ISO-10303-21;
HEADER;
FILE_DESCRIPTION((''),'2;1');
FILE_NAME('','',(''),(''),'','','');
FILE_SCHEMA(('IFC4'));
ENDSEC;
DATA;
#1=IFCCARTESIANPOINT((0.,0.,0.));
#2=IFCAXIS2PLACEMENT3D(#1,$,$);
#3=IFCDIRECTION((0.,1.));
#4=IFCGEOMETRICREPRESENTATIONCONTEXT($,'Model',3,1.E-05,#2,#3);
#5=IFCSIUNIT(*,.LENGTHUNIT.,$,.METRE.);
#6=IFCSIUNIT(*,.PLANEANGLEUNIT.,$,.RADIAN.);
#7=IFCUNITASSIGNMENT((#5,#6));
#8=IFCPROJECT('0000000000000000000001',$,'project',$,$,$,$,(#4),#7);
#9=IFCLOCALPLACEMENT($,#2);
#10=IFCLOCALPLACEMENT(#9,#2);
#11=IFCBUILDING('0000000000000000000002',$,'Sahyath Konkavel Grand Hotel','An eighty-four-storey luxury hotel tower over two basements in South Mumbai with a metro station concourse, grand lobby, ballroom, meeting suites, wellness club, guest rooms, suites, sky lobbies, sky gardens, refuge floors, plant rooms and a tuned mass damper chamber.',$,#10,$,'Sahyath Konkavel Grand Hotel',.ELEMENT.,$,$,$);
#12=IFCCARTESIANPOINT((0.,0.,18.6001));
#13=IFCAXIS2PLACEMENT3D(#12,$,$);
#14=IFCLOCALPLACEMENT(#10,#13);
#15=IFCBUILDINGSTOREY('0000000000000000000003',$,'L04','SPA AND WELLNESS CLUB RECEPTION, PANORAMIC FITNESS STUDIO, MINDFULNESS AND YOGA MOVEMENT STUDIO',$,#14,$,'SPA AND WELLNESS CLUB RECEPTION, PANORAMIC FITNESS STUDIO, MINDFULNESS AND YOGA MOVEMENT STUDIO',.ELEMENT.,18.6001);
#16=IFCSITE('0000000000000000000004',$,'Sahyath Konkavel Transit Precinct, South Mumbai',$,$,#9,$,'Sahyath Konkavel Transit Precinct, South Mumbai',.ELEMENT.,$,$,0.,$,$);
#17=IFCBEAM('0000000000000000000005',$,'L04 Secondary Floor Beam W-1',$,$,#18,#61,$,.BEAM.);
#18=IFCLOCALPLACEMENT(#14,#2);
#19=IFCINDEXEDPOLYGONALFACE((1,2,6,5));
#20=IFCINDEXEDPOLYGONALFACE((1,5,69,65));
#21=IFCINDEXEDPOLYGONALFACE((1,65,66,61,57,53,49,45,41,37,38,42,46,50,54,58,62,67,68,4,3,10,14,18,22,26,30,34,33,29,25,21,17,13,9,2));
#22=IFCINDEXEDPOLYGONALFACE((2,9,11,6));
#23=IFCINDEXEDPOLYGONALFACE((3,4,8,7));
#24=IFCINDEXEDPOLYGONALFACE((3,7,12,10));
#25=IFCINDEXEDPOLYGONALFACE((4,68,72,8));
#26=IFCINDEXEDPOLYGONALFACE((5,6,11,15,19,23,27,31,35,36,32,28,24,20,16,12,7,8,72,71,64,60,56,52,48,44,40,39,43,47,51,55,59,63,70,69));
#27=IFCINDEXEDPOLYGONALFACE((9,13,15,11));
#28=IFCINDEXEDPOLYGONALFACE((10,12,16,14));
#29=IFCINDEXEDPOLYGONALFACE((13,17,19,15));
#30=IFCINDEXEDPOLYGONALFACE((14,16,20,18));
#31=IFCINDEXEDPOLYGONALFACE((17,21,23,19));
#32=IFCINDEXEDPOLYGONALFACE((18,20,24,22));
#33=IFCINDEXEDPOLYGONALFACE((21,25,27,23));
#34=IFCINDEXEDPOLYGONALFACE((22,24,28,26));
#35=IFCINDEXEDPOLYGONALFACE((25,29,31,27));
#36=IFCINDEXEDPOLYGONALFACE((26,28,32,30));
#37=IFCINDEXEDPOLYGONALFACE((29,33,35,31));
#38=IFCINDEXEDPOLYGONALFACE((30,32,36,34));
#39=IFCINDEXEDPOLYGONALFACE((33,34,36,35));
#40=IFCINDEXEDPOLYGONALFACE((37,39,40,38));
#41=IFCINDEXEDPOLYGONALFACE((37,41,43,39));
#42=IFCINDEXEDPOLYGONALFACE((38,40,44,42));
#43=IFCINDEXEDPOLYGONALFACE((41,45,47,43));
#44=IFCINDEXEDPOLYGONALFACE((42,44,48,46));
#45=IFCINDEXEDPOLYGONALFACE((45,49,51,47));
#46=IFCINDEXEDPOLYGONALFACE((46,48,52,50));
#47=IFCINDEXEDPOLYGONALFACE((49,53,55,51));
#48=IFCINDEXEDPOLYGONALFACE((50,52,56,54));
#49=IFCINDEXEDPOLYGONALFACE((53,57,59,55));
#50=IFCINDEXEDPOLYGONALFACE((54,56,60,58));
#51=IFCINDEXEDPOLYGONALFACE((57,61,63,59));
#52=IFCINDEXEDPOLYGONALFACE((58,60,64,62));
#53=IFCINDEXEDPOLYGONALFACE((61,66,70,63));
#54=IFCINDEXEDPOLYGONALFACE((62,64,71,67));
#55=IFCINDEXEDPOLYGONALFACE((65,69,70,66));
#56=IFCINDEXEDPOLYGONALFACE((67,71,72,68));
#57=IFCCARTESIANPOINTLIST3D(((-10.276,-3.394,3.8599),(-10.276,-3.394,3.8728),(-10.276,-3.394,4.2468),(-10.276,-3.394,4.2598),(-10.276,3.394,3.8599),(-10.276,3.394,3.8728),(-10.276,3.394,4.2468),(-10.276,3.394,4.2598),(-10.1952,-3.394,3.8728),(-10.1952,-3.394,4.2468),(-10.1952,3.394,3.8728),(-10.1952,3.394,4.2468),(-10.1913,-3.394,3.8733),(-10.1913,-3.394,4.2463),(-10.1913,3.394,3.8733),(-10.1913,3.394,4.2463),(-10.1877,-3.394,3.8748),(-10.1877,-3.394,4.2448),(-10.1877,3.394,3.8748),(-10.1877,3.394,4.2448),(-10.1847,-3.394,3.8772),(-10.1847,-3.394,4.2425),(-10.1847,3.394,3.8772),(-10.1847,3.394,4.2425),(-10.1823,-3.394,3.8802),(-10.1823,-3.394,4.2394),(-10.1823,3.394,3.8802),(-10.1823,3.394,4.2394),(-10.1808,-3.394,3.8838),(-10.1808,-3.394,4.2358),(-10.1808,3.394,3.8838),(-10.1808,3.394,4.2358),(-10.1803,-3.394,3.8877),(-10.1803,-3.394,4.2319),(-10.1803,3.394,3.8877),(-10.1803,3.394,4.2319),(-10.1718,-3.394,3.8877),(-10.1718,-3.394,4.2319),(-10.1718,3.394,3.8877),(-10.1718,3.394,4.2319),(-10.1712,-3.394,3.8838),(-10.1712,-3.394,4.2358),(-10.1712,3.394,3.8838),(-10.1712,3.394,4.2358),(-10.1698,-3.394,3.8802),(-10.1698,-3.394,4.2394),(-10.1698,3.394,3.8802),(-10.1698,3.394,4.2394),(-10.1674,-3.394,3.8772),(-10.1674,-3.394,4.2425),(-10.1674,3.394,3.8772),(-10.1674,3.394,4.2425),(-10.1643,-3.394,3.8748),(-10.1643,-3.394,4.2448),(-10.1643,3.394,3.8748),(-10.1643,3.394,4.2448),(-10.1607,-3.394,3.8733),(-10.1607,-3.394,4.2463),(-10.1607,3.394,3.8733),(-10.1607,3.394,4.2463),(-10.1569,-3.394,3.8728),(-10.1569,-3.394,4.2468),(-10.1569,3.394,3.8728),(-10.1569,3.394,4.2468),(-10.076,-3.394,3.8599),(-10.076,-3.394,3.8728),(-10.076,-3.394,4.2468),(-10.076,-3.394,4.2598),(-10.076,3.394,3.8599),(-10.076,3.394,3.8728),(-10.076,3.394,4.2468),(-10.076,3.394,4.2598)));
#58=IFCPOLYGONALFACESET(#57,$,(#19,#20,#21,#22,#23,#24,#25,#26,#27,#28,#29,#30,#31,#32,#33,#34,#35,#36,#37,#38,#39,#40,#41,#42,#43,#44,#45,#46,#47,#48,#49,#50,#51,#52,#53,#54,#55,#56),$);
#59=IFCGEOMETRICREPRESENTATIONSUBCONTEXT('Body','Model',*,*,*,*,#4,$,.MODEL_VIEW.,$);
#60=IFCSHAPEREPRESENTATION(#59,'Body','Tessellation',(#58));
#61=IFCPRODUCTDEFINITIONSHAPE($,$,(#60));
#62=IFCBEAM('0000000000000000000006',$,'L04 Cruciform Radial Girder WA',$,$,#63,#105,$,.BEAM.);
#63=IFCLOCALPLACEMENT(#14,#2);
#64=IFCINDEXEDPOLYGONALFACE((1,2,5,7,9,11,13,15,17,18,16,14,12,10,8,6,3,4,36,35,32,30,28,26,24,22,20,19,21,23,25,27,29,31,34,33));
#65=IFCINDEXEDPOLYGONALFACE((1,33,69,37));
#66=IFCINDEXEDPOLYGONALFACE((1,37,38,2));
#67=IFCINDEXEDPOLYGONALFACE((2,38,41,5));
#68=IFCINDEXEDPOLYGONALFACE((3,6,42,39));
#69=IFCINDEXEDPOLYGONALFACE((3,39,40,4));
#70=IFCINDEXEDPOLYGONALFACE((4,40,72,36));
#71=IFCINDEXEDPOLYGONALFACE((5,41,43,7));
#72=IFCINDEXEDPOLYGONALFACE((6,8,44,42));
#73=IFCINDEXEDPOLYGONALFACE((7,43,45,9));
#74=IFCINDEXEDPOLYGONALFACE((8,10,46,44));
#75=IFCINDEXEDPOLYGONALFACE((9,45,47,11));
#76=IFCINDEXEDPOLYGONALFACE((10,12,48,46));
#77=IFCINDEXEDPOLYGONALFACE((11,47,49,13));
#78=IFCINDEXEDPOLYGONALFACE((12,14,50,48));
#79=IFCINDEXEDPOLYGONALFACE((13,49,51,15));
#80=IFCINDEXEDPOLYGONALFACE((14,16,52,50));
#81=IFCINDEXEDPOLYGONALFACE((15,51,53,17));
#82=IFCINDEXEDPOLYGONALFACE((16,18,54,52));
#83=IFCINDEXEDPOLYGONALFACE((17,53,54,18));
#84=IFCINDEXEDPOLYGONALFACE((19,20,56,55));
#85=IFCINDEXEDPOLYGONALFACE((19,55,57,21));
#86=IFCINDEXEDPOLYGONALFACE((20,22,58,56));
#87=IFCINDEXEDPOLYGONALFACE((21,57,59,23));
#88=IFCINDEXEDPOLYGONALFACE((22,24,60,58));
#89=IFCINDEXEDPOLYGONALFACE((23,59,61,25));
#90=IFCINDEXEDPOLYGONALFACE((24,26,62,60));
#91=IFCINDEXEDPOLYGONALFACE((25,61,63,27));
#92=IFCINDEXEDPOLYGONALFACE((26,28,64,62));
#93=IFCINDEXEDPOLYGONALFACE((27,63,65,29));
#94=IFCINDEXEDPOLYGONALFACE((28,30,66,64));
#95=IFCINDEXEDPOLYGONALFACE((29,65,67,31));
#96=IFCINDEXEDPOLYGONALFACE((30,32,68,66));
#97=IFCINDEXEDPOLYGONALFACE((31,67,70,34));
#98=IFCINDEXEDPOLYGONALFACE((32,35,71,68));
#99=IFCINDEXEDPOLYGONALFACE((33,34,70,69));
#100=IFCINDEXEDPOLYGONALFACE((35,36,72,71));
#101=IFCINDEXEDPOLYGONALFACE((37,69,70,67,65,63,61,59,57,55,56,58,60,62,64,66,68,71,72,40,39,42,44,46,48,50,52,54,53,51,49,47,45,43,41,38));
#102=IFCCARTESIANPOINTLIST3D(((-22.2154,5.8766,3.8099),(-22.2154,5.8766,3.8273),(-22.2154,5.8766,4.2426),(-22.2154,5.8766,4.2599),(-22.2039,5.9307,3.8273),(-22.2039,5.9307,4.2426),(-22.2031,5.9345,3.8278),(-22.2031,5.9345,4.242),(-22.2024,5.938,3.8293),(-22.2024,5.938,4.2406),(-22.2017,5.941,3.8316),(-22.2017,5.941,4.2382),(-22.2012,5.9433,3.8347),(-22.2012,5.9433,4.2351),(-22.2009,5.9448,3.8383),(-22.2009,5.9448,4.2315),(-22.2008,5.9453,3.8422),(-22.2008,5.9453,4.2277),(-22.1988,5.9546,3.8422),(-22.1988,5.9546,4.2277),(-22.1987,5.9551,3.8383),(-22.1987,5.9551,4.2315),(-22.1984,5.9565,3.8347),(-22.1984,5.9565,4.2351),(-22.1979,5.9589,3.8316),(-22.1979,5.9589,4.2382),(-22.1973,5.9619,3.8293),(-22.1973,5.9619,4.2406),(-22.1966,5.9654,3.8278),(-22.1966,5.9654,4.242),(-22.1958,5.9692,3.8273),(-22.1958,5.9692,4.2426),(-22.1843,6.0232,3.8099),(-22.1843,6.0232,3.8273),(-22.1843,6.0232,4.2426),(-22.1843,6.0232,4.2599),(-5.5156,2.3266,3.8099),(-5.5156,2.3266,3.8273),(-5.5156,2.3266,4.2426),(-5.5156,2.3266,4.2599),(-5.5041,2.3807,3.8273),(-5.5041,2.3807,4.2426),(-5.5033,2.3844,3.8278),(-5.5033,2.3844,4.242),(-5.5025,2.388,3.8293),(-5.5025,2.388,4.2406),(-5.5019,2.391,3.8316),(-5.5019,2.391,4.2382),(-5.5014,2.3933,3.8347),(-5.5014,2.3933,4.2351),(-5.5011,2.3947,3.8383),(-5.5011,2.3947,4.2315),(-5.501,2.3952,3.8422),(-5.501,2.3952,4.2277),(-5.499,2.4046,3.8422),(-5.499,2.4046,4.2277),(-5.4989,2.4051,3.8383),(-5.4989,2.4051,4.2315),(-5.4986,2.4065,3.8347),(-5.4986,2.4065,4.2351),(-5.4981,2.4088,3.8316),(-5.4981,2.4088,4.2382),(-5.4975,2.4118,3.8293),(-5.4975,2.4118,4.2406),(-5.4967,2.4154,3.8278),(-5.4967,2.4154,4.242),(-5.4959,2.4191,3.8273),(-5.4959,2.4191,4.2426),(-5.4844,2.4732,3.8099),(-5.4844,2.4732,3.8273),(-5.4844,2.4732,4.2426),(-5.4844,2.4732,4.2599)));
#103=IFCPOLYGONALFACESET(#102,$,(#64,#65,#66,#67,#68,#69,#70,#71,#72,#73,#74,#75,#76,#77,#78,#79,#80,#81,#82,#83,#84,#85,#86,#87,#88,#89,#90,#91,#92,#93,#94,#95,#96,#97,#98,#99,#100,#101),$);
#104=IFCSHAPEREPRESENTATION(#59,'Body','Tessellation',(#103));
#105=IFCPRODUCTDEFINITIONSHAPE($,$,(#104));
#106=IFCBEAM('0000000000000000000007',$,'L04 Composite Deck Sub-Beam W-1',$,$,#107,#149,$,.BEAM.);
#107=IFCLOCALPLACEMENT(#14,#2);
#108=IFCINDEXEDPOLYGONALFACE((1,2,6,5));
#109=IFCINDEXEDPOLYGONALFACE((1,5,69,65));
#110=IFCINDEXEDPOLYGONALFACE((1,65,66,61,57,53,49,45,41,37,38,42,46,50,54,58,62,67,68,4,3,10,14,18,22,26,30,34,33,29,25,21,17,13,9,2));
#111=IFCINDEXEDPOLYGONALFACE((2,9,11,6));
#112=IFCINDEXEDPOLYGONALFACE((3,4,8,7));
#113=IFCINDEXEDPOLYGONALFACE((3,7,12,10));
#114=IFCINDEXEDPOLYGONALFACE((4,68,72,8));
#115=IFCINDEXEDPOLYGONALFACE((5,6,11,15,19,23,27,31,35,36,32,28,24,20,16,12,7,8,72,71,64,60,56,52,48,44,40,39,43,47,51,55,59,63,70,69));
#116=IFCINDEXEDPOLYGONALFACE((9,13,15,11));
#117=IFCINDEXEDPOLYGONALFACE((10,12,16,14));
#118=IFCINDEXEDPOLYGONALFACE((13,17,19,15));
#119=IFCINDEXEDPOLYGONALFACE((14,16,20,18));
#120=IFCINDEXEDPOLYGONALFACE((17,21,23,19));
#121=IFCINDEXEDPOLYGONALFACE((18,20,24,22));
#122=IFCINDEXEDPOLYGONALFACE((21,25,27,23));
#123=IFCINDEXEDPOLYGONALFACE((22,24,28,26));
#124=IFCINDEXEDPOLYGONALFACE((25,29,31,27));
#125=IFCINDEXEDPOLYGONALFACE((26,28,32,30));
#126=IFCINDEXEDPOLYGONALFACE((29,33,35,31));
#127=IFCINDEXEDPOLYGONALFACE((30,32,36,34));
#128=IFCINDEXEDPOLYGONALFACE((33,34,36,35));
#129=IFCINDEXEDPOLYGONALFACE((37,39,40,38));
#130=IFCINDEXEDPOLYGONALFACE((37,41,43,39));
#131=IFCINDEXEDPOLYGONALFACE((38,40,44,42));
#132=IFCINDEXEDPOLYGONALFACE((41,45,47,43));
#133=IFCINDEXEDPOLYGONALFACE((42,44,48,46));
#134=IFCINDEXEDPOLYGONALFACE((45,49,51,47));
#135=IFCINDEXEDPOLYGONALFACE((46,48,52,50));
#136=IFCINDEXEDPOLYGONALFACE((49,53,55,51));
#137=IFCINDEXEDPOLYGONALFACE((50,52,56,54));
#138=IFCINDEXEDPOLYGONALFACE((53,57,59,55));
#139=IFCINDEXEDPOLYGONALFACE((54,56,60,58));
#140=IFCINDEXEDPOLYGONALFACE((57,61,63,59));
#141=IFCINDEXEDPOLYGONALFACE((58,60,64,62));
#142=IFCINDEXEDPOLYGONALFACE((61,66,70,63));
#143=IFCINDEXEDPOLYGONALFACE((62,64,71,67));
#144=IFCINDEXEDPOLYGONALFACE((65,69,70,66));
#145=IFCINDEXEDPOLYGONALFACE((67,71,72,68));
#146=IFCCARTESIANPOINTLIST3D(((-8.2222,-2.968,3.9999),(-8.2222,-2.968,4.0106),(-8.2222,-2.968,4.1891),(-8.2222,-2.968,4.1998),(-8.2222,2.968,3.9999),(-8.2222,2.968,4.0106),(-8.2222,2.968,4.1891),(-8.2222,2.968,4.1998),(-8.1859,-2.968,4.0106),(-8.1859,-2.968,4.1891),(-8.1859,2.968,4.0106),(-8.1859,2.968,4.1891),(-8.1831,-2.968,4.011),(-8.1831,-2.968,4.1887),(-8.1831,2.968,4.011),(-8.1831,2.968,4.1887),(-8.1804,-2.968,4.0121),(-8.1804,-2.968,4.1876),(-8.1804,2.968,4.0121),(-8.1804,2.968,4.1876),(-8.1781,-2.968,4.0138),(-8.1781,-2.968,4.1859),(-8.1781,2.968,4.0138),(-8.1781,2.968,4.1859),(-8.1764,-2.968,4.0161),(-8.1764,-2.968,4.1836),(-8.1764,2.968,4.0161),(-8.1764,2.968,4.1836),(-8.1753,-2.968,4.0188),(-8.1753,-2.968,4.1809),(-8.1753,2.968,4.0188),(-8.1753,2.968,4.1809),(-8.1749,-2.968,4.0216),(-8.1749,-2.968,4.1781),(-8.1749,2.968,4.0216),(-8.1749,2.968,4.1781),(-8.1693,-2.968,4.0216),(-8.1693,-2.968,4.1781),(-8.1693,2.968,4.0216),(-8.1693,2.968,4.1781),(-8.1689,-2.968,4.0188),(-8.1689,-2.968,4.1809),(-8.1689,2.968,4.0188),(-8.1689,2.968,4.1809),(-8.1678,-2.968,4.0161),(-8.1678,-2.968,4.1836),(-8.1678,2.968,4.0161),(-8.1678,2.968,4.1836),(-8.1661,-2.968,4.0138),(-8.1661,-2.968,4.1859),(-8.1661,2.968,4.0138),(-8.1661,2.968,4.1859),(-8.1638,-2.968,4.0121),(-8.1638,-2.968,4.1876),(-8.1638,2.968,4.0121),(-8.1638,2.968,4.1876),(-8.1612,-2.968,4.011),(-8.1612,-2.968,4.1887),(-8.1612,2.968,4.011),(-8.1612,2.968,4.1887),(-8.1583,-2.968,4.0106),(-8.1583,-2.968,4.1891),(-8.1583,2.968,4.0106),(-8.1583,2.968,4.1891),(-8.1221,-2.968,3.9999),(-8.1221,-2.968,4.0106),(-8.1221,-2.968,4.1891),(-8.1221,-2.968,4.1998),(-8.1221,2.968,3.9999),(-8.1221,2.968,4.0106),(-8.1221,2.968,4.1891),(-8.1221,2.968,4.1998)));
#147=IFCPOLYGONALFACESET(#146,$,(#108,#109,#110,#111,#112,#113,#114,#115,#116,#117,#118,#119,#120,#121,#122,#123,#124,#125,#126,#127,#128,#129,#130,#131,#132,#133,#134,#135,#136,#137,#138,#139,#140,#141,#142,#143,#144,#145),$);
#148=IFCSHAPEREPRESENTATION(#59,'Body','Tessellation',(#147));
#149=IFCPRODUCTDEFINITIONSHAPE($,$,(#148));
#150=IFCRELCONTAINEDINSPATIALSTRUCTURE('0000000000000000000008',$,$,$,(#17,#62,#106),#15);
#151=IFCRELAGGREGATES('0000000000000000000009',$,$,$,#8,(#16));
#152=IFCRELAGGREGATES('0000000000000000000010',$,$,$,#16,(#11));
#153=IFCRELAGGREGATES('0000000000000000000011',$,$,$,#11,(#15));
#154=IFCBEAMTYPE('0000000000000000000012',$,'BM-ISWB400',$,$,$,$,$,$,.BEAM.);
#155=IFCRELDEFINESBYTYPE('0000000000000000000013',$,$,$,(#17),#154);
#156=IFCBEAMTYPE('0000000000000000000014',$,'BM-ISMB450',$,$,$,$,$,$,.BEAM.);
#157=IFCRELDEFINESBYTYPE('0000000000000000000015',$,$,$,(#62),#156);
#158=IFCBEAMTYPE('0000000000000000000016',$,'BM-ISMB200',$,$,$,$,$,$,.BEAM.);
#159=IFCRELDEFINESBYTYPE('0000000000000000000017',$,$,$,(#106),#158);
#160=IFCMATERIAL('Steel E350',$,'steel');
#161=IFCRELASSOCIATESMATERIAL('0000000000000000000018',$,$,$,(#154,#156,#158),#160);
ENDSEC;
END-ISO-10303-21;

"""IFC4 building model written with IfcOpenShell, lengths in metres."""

from ifc_helpers import new_model, si_unit, direction, frame, origin, origin_2d, place, context, subcontext, project, spatial, i_section, extrude, source, transform, mapped, material, material_profile, profile_set, type_object, element, save


model = new_model("IFC4")

# Units and contexts
model_context = context("Model", 3, precision=1e-05, world=origin(), true_north=direction((0.0, 1.0)))
body_context = subcontext(model_context, "Body", "Model", "MODEL_VIEW")
ifc_project = project(units=[si_unit("LENGTHUNIT", "METRE"), si_unit("PLANEANGLEUNIT", "RADIAN")], contexts=[model_context])

# Site, building, storey
site_placement = place(None, origin())
site = spatial("IfcSite", under=ifc_project, at=site_placement, Name="Sahyath Konkavel Transit Precinct, South Mumbai", LongName="Sahyath Konkavel Transit Precinct, South Mumbai", CompositionType="ELEMENT", RefElevation=0.0)
building_placement = place(site_placement, origin())
building = spatial("IfcBuilding", under=site, at=building_placement, Name="Sahyath Konkavel Grand Hotel", Description="An eighty-four-storey luxury hotel tower over two basements in South Mumbai with a metro station concourse, grand lobby, ballroom, meeting suites, wellness club, guest rooms, suites, sky lobbies, sky gardens, refuge floors, plant rooms and a tuned mass damper chamber.", LongName="Sahyath Konkavel Grand Hotel", CompositionType="ELEMENT")
storey_placement = place(building_placement, frame((0.0, 0.0, 18.6001)))
storey = spatial("IfcBuildingStorey", under=building, at=storey_placement, Name="L04", Description="SPA AND WELLNESS CLUB RECEPTION, PANORAMIC FITNESS STUDIO, MINDFULNESS AND YOGA MOVEMENT STUDIO", LongName="SPA AND WELLNESS CLUB RECEPTION, PANORAMIC FITNESS STUDIO, MINDFULNESS AND YOGA MOVEMENT STUDIO", CompositionType="ELEMENT", Elevation=18.6001)

# Beams
ifc_material_1 = material(Name="Steel E350", Category="steel")
ifc_material_profile_1 = material_profile(ifc_material_1, i_section(OverallWidth=0.2, OverallDepth=0.3999, WebThickness=0.0085, FlangeThickness=0.0129, FilletRadius=0.0149, at=origin_2d()), Name="ISWB 400")
ifc_profile_set_1 = profile_set([ifc_material_profile_1], Name="Steel E350")
beam_type_1 = type_object("IfcBeamType", Name="BM-ISWB400", PredefinedType="BEAM", material=ifc_profile_set_1)
shared_shape_1 = source(origin(), body_context, "Body", "SweptSolid", [
    extrude(i_section(OverallWidth=0.2, OverallDepth=0.3999, WebThickness=0.0085, FlangeThickness=0.0129, FilletRadius=0.0149, at=origin_2d()), origin(), (0.0, 0.0, 1.0), 6.7881),
])
beam_1_placement = place(storey_placement, frame((-10.176, 3.394, 4.0598), z_axis=(0.0, -1.0, 0.0), x_axis=(1.0, 0.0, 0.0)))
element("IfcBeam", 1, at=beam_1_placement, inside=storey, type_object=beam_type_1, Name="L04 Secondary Floor Beam W-1", PredefinedType="BEAM", context=body_context, shape_type="MappedRepresentation", body=[
    mapped(shared_shape_1, transform((0.0, 0.0, 0.0), scale=1.0)),
])
ifc_material_profile_2 = material_profile(ifc_material_1, i_section(OverallWidth=0.1499, OverallDepth=0.45, WebThickness=0.0095, FlangeThickness=0.0173, FilletRadius=0.0149, at=origin_2d()), Name="ISMB 450")
ifc_profile_set_2 = profile_set([ifc_material_profile_2], Name="Steel E350")
beam_type_2 = type_object("IfcBeamType", Name="BM-ISMB450", PredefinedType="BEAM", material=ifc_profile_set_2)
shared_shape_2 = source(origin(), body_context, "Body", "SweptSolid", [
    extrude(i_section(OverallWidth=0.1499, OverallDepth=0.45, WebThickness=0.0095, FlangeThickness=0.0173, FilletRadius=0.0149, at=origin_2d()), origin(), (0.0, 0.0, 1.0), 17.073),
])
beam_2_placement = place(storey_placement, frame((-5.5, 2.3999, 4.0349), z_axis=(-0.978143, 0.207932, 0.0), x_axis=(-0.207932, -0.978143, 0.0)))
element("IfcBeam", 2, at=beam_2_placement, inside=storey, type_object=beam_type_2, Name="L04 Cruciform Radial Girder WA", PredefinedType="BEAM", context=body_context, shape_type="MappedRepresentation", body=[
    mapped(shared_shape_2, transform((0.0, 0.0, 0.0), scale=1.0)),
])
ifc_material_profile_3 = material_profile(ifc_material_1, i_section(OverallWidth=0.1001, OverallDepth=0.2, WebThickness=0.0056, FlangeThickness=0.0107, FilletRadius=0.011, at=origin_2d()), Name="ISMB 200")
ifc_profile_set_3 = profile_set([ifc_material_profile_3], Name="Steel E350")
beam_type_3 = type_object("IfcBeamType", Name="BM-ISMB200", PredefinedType="BEAM", material=ifc_profile_set_3)
shared_shape_3 = source(origin(), body_context, "Body", "SweptSolid", [
    extrude(i_section(OverallWidth=0.1001, OverallDepth=0.2, WebThickness=0.0056, FlangeThickness=0.0107, FilletRadius=0.011, at=origin_2d()), origin(), (0.0, 0.0, 1.0), 5.936),
])
beam_3_placement = place(storey_placement, frame((-8.1721, 2.968, 4.0999), z_axis=(0.0, -1.0, 0.0), x_axis=(1.0, 0.0, 0.0)))
element("IfcBeam", 3, at=beam_3_placement, inside=storey, type_object=beam_type_3, Name="L04 Composite Deck Sub-Beam W-1", PredefinedType="BEAM", context=body_context, shape_type="MappedRepresentation", body=[
    mapped(shared_shape_3, transform((0.0, 0.0, 0.0), scale=1.0)),
])

save(model, "model.ifc")
